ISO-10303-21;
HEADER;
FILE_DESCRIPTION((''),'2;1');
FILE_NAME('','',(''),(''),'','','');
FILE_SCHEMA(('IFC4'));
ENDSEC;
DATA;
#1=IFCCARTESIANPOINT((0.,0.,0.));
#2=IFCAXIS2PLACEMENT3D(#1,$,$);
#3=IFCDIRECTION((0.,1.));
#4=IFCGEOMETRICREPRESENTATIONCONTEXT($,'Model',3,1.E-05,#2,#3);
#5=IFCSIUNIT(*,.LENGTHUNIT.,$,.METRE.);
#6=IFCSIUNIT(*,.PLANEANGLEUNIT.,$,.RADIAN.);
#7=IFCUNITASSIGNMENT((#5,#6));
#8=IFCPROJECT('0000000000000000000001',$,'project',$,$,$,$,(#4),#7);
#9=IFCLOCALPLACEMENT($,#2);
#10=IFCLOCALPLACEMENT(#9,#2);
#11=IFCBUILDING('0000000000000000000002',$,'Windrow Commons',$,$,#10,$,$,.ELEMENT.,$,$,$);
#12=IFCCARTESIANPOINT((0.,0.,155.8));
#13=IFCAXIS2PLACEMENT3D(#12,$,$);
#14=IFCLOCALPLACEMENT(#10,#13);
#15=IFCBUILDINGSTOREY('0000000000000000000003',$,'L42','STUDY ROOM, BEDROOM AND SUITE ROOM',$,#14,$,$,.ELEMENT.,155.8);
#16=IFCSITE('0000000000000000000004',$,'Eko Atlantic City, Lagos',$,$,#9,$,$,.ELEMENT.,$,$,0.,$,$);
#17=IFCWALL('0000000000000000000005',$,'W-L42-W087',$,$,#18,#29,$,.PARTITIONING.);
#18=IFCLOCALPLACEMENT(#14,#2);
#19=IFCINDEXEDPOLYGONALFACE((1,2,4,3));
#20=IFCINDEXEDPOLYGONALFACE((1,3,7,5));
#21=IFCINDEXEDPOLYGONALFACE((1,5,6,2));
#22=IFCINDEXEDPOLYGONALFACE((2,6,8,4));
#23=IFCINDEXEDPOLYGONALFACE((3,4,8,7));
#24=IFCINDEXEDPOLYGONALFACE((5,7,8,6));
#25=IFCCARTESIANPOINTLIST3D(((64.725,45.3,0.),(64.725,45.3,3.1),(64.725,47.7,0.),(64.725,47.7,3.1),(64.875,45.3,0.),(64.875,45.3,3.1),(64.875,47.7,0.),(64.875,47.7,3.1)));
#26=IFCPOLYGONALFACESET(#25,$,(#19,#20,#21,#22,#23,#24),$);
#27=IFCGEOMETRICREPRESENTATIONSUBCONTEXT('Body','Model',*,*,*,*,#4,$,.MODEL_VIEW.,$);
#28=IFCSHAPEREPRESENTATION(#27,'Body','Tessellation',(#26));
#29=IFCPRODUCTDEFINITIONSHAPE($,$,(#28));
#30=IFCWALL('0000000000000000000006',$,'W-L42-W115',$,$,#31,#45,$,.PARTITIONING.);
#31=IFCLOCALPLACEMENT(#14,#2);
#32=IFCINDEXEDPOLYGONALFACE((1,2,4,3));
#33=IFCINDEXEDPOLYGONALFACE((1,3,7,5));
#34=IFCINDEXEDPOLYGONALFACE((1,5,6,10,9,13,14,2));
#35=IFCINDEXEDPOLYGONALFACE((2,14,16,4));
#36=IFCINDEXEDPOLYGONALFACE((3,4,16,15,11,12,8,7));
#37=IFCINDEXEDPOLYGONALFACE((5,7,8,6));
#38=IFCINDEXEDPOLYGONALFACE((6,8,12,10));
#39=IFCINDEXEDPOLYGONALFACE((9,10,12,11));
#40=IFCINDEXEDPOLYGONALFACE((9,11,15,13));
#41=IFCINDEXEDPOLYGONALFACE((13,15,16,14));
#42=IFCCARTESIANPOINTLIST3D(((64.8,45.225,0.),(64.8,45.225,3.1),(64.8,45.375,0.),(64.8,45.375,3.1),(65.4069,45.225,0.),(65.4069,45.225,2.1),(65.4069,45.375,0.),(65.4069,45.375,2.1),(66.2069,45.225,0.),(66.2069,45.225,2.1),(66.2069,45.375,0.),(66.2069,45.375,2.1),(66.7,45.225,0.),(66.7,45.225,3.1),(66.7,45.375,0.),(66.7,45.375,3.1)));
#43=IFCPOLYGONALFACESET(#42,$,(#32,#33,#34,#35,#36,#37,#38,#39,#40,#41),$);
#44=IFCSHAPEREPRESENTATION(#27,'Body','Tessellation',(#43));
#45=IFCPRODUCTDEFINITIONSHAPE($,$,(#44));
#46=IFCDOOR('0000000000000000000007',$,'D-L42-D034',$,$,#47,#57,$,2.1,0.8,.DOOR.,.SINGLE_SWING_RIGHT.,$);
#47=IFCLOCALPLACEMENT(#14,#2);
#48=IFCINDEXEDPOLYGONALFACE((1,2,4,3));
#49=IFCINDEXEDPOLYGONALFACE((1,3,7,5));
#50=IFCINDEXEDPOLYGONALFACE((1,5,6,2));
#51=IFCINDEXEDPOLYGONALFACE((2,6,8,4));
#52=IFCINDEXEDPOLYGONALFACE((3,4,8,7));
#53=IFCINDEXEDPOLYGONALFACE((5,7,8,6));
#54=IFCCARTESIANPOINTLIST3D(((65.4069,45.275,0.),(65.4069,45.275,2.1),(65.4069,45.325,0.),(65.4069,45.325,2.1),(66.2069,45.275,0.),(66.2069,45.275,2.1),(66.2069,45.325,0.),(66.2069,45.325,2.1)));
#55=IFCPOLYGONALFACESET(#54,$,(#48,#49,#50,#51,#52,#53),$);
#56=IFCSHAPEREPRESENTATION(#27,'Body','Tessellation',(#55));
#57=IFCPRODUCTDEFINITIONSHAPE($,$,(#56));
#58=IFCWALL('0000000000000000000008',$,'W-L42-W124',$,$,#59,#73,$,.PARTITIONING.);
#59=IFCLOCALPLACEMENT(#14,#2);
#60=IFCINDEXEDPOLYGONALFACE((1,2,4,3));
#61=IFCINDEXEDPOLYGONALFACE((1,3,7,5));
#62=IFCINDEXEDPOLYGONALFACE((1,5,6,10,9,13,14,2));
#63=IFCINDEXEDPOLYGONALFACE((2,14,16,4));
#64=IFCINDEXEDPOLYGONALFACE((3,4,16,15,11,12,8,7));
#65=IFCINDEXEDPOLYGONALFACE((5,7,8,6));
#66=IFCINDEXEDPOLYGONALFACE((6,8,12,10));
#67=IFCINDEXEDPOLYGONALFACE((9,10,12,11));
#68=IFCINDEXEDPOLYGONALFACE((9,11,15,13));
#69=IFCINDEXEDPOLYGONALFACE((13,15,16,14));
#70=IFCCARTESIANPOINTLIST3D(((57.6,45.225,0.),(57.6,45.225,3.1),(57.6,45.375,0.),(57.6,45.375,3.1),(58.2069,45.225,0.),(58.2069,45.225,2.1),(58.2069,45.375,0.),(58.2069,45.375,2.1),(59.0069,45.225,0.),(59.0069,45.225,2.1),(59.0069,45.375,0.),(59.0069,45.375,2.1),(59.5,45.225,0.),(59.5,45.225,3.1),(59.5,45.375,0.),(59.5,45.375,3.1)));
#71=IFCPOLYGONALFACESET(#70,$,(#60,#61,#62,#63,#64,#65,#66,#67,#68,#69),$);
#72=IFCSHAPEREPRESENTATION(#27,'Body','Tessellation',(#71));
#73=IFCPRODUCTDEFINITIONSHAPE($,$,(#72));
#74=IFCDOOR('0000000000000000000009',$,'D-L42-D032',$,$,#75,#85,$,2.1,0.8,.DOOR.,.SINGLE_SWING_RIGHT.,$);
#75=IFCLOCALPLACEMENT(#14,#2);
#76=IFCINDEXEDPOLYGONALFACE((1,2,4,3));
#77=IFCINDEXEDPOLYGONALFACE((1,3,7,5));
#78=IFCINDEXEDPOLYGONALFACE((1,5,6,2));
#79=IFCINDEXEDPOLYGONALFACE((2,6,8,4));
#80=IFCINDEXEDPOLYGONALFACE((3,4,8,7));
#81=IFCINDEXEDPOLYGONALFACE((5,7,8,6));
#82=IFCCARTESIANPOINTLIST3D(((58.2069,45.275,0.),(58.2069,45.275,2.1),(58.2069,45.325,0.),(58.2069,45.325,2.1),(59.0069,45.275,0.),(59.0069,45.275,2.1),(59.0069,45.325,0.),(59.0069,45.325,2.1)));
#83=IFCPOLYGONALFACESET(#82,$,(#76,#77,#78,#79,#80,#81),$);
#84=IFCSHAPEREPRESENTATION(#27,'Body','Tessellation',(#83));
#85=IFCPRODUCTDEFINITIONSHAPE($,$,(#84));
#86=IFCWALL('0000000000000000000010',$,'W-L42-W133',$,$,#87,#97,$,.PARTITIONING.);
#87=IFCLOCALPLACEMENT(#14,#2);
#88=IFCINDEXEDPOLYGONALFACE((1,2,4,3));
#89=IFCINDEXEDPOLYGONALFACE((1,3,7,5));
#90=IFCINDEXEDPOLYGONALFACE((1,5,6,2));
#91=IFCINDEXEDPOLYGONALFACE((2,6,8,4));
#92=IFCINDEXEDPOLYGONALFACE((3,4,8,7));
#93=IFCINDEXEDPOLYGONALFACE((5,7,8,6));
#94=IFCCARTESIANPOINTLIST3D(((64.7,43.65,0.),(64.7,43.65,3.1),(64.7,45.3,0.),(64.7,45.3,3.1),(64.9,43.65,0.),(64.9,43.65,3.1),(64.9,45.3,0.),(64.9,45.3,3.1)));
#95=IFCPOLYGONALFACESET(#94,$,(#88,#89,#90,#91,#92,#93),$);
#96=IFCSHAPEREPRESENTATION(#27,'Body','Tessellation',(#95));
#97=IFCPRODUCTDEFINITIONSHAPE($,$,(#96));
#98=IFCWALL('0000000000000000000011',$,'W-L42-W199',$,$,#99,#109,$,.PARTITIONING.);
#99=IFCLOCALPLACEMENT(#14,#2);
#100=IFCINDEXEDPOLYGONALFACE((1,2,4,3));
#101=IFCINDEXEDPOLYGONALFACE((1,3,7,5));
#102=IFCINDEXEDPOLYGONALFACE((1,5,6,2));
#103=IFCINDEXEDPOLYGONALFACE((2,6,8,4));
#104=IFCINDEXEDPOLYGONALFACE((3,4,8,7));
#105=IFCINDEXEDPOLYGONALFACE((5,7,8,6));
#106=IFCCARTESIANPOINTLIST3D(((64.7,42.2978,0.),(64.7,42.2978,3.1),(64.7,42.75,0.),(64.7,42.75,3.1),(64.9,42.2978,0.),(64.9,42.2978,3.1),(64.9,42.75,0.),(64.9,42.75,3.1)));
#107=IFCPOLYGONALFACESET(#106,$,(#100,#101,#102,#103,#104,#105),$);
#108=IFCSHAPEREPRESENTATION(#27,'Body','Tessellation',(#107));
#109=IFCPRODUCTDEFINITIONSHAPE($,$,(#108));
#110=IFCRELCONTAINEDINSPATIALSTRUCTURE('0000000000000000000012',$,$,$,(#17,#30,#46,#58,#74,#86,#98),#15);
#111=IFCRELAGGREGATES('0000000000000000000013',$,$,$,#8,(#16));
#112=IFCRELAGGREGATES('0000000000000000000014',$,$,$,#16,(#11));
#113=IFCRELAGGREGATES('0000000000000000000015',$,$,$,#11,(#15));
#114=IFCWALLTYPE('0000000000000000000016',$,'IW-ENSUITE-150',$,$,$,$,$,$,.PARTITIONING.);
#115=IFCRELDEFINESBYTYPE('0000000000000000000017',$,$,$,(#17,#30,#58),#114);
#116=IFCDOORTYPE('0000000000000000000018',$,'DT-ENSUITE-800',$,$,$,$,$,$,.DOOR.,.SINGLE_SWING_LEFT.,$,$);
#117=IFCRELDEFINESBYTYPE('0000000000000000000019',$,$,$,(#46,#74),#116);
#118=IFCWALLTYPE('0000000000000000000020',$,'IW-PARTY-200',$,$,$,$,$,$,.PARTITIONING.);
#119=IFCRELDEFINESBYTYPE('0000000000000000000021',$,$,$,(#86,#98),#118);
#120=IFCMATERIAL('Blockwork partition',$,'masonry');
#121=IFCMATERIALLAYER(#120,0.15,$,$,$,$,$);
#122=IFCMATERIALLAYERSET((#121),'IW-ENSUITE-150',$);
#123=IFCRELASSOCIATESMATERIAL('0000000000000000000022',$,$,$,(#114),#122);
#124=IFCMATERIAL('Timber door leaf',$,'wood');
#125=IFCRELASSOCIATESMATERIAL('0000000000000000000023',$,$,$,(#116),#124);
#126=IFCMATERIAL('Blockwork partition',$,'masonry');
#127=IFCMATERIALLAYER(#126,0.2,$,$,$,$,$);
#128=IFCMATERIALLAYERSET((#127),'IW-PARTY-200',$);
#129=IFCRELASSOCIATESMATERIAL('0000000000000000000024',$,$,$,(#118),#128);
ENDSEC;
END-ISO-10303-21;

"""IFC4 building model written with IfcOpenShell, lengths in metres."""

from ifc_helpers import new_model, si_unit, direction, frame, frame_2d, origin, place, context, subcontext, project, spatial, rectangle, extrude, material, layer, layer_set, type_object, element, fill, save


model = new_model("IFC4")

# Units and contexts
model_context = context("Model", 3, precision=1e-05, world=origin(), true_north=direction((0.0, 1.0)))
body_context = subcontext(model_context, "Body", "Model", "MODEL_VIEW")
ifc_project = project(units=[si_unit("LENGTHUNIT", "METRE"), si_unit("PLANEANGLEUNIT", "RADIAN")], contexts=[model_context])

# Site, building, storey
site_placement = place(None, origin())
site = spatial("IfcSite", under=ifc_project, at=site_placement, Name="Eko Atlantic City, Lagos", CompositionType="ELEMENT", RefElevation=0.0)
building_placement = place(site_placement, origin())
building = spatial("IfcBuilding", under=site, at=building_placement, Name="Windrow Commons", CompositionType="ELEMENT")
storey_placement = place(building_placement, frame((0.0, 0.0, 155.8)))
storey = spatial("IfcBuildingStorey", under=building, at=storey_placement, Name="L42", Description="STUDY ROOM, BEDROOM AND SUITE ROOM", CompositionType="ELEMENT", Elevation=155.8)

# Wall
ifc_material_1 = material(Name="Blockwork partition", Category="masonry")
ifc_layer_1 = layer(ifc_material_1, 0.15)
ifc_layer_set_1 = layer_set([ifc_layer_1], Name="IW-ENSUITE-150")
wall_type_1 = type_object("IfcWallType", Name="IW-ENSUITE-150", PredefinedType="PARTITIONING", material=ifc_layer_set_1)
for number, where, z_axis, x_axis, name in (
    (1, (64.8, 45.3, 0.0), (0.0, 0.0, 1.0), (0.0, 1.0, 0.0), "W-L42-W087"),
):
    element("IfcWall", number, at=place(storey_placement, frame(where, z_axis=z_axis, x_axis=x_axis)), inside=storey, type_object=wall_type_1, Name=name, PredefinedType="PARTITIONING", context=body_context, shape_type="SweptSolid", body=[
        extrude(rectangle(XDim=2.4, YDim=0.15, at=frame_2d((1.2, 0.0))), origin(), (0.0, 0.0, 1.0), 3.1),
    ])

# Walls, openings, doors
wall_1_placement = place(storey_placement, frame((64.8, 45.3, 0.0), z_axis=(0.0, 0.0, 1.0), x_axis=(1.0, 0.0, 0.0)))
wall_1 = element("IfcWall", 2, at=wall_1_placement, inside=storey, type_object=wall_type_1, Name="W-L42-W115", PredefinedType="PARTITIONING", context=body_context, shape_type="SweptSolid", body=[
    extrude(rectangle(XDim=1.9, YDim=0.15, at=frame_2d((0.95, 0.0))), origin(), (0.0, 0.0, 1.0), 3.1),
])
opening_1_placement = place(wall_1_placement, frame((0.6069, 0.0, 0.0)))
opening_1 = element("IfcOpeningElement", 3, at=opening_1_placement, cuts=wall_1, PredefinedType="OPENING", context=body_context, shape_type="SweptSolid", body=[
    extrude(rectangle(XDim=0.8, YDim=2.1, at=frame_2d((0.4, 1.05))), frame((0.0, 0.085, 0.0), z_axis=(0.0, -1.0, 0.0), x_axis=(1.0, 0.0, 0.0)), (0.0, 0.0, 1.0), 0.17),
])
ifc_material_2 = material(Name="Timber door leaf", Category="wood")
door_type = type_object("IfcDoorType", Name="DT-ENSUITE-800", OperationType="SINGLE_SWING_LEFT", PredefinedType="DOOR", material=ifc_material_2)
door_1_placement = place(opening_1_placement, origin())
door_1 = element("IfcDoor", 4, at=door_1_placement, inside=storey, type_object=door_type, Name="D-L42-D034", OperationType="SINGLE_SWING_RIGHT", OverallHeight=2.1, OverallWidth=0.8, PredefinedType="DOOR", context=body_context, shape_type="SweptSolid", body=[
    extrude(rectangle(XDim=0.8, YDim=2.1, at=frame_2d((0.4, 1.05))), frame((0.0, 0.025, 0.0), z_axis=(0.0, -1.0, 0.0), x_axis=(1.0, 0.0, 0.0)), (0.0, 0.0, 1.0), 0.05),
])
fill(opening_1, door_1)
wall_2_placement = place(storey_placement, frame((57.6, 45.3, 0.0), z_axis=(0.0, 0.0, 1.0), x_axis=(1.0, 0.0, 0.0)))
wall_2 = element("IfcWall", 5, at=wall_2_placement, inside=storey, type_object=wall_type_1, Name="W-L42-W124", PredefinedType="PARTITIONING", context=body_context, shape_type="SweptSolid", body=[
    extrude(rectangle(XDim=1.9, YDim=0.15, at=frame_2d((0.95, 0.0))), origin(), (0.0, 0.0, 1.0), 3.1),
])
opening_2_placement = place(wall_2_placement, frame((0.6069, 0.0, 0.0)))
opening_2 = element("IfcOpeningElement", 6, at=opening_2_placement, cuts=wall_2, PredefinedType="OPENING", context=body_context, shape_type="SweptSolid", body=[
    extrude(rectangle(XDim=0.8, YDim=2.1, at=frame_2d((0.4, 1.05))), frame((0.0, 0.085, 0.0), z_axis=(0.0, -1.0, 0.0), x_axis=(1.0, 0.0, 0.0)), (0.0, 0.0, 1.0), 0.17),
])
door_2_placement = place(opening_2_placement, origin())
door_2 = element("IfcDoor", 7, at=door_2_placement, inside=storey, type_object=door_type, Name="D-L42-D032", OperationType="SINGLE_SWING_RIGHT", OverallHeight=2.1, OverallWidth=0.8, PredefinedType="DOOR", context=body_context, shape_type="SweptSolid", body=[
    extrude(rectangle(XDim=0.8, YDim=2.1, at=frame_2d((0.4, 1.05))), frame((0.0, 0.025, 0.0), z_axis=(0.0, -1.0, 0.0), x_axis=(1.0, 0.0, 0.0)), (0.0, 0.0, 1.0), 0.05),
])
fill(opening_2, door_2)

# Walls
ifc_material_3 = material(Name="Blockwork partition", Category="masonry")
ifc_layer_2 = layer(ifc_material_3, 0.2)
ifc_layer_set_2 = layer_set([ifc_layer_2], Name="IW-PARTY-200")
wall_type_2 = type_object("IfcWallType", Name="IW-PARTY-200", PredefinedType="PARTITIONING", material=ifc_layer_set_2)
wall_3_placement = place(storey_placement, frame((64.8, 43.65, 0.0), z_axis=(0.0, 0.0, 1.0), x_axis=(0.0, 1.0, 0.0)))
element("IfcWall", 8, at=wall_3_placement, inside=storey, type_object=wall_type_2, Name="W-L42-W133", PredefinedType="PARTITIONING", context=body_context, shape_type="SweptSolid", body=[
    extrude(rectangle(XDim=1.65, YDim=0.2, at=frame_2d((0.825, 0.0))), origin(), (0.0, 0.0, 1.0), 3.1),
])
wall_4_placement = place(storey_placement, frame((64.8, 42.2978, 0.0), z_axis=(0.0, 0.0, 1.0), x_axis=(0.0, 1.0, 0.0)))
element("IfcWall", 9, at=wall_4_placement, inside=storey, type_object=wall_type_2, Name="W-L42-W199", PredefinedType="PARTITIONING", context=body_context, shape_type="SweptSolid", body=[
    extrude(rectangle(XDim=0.4522, YDim=0.2, at=frame_2d((0.2261, 0.0))), origin(), (0.0, 0.0, 1.0), 3.1),
])

save(model, "model.ifc")
